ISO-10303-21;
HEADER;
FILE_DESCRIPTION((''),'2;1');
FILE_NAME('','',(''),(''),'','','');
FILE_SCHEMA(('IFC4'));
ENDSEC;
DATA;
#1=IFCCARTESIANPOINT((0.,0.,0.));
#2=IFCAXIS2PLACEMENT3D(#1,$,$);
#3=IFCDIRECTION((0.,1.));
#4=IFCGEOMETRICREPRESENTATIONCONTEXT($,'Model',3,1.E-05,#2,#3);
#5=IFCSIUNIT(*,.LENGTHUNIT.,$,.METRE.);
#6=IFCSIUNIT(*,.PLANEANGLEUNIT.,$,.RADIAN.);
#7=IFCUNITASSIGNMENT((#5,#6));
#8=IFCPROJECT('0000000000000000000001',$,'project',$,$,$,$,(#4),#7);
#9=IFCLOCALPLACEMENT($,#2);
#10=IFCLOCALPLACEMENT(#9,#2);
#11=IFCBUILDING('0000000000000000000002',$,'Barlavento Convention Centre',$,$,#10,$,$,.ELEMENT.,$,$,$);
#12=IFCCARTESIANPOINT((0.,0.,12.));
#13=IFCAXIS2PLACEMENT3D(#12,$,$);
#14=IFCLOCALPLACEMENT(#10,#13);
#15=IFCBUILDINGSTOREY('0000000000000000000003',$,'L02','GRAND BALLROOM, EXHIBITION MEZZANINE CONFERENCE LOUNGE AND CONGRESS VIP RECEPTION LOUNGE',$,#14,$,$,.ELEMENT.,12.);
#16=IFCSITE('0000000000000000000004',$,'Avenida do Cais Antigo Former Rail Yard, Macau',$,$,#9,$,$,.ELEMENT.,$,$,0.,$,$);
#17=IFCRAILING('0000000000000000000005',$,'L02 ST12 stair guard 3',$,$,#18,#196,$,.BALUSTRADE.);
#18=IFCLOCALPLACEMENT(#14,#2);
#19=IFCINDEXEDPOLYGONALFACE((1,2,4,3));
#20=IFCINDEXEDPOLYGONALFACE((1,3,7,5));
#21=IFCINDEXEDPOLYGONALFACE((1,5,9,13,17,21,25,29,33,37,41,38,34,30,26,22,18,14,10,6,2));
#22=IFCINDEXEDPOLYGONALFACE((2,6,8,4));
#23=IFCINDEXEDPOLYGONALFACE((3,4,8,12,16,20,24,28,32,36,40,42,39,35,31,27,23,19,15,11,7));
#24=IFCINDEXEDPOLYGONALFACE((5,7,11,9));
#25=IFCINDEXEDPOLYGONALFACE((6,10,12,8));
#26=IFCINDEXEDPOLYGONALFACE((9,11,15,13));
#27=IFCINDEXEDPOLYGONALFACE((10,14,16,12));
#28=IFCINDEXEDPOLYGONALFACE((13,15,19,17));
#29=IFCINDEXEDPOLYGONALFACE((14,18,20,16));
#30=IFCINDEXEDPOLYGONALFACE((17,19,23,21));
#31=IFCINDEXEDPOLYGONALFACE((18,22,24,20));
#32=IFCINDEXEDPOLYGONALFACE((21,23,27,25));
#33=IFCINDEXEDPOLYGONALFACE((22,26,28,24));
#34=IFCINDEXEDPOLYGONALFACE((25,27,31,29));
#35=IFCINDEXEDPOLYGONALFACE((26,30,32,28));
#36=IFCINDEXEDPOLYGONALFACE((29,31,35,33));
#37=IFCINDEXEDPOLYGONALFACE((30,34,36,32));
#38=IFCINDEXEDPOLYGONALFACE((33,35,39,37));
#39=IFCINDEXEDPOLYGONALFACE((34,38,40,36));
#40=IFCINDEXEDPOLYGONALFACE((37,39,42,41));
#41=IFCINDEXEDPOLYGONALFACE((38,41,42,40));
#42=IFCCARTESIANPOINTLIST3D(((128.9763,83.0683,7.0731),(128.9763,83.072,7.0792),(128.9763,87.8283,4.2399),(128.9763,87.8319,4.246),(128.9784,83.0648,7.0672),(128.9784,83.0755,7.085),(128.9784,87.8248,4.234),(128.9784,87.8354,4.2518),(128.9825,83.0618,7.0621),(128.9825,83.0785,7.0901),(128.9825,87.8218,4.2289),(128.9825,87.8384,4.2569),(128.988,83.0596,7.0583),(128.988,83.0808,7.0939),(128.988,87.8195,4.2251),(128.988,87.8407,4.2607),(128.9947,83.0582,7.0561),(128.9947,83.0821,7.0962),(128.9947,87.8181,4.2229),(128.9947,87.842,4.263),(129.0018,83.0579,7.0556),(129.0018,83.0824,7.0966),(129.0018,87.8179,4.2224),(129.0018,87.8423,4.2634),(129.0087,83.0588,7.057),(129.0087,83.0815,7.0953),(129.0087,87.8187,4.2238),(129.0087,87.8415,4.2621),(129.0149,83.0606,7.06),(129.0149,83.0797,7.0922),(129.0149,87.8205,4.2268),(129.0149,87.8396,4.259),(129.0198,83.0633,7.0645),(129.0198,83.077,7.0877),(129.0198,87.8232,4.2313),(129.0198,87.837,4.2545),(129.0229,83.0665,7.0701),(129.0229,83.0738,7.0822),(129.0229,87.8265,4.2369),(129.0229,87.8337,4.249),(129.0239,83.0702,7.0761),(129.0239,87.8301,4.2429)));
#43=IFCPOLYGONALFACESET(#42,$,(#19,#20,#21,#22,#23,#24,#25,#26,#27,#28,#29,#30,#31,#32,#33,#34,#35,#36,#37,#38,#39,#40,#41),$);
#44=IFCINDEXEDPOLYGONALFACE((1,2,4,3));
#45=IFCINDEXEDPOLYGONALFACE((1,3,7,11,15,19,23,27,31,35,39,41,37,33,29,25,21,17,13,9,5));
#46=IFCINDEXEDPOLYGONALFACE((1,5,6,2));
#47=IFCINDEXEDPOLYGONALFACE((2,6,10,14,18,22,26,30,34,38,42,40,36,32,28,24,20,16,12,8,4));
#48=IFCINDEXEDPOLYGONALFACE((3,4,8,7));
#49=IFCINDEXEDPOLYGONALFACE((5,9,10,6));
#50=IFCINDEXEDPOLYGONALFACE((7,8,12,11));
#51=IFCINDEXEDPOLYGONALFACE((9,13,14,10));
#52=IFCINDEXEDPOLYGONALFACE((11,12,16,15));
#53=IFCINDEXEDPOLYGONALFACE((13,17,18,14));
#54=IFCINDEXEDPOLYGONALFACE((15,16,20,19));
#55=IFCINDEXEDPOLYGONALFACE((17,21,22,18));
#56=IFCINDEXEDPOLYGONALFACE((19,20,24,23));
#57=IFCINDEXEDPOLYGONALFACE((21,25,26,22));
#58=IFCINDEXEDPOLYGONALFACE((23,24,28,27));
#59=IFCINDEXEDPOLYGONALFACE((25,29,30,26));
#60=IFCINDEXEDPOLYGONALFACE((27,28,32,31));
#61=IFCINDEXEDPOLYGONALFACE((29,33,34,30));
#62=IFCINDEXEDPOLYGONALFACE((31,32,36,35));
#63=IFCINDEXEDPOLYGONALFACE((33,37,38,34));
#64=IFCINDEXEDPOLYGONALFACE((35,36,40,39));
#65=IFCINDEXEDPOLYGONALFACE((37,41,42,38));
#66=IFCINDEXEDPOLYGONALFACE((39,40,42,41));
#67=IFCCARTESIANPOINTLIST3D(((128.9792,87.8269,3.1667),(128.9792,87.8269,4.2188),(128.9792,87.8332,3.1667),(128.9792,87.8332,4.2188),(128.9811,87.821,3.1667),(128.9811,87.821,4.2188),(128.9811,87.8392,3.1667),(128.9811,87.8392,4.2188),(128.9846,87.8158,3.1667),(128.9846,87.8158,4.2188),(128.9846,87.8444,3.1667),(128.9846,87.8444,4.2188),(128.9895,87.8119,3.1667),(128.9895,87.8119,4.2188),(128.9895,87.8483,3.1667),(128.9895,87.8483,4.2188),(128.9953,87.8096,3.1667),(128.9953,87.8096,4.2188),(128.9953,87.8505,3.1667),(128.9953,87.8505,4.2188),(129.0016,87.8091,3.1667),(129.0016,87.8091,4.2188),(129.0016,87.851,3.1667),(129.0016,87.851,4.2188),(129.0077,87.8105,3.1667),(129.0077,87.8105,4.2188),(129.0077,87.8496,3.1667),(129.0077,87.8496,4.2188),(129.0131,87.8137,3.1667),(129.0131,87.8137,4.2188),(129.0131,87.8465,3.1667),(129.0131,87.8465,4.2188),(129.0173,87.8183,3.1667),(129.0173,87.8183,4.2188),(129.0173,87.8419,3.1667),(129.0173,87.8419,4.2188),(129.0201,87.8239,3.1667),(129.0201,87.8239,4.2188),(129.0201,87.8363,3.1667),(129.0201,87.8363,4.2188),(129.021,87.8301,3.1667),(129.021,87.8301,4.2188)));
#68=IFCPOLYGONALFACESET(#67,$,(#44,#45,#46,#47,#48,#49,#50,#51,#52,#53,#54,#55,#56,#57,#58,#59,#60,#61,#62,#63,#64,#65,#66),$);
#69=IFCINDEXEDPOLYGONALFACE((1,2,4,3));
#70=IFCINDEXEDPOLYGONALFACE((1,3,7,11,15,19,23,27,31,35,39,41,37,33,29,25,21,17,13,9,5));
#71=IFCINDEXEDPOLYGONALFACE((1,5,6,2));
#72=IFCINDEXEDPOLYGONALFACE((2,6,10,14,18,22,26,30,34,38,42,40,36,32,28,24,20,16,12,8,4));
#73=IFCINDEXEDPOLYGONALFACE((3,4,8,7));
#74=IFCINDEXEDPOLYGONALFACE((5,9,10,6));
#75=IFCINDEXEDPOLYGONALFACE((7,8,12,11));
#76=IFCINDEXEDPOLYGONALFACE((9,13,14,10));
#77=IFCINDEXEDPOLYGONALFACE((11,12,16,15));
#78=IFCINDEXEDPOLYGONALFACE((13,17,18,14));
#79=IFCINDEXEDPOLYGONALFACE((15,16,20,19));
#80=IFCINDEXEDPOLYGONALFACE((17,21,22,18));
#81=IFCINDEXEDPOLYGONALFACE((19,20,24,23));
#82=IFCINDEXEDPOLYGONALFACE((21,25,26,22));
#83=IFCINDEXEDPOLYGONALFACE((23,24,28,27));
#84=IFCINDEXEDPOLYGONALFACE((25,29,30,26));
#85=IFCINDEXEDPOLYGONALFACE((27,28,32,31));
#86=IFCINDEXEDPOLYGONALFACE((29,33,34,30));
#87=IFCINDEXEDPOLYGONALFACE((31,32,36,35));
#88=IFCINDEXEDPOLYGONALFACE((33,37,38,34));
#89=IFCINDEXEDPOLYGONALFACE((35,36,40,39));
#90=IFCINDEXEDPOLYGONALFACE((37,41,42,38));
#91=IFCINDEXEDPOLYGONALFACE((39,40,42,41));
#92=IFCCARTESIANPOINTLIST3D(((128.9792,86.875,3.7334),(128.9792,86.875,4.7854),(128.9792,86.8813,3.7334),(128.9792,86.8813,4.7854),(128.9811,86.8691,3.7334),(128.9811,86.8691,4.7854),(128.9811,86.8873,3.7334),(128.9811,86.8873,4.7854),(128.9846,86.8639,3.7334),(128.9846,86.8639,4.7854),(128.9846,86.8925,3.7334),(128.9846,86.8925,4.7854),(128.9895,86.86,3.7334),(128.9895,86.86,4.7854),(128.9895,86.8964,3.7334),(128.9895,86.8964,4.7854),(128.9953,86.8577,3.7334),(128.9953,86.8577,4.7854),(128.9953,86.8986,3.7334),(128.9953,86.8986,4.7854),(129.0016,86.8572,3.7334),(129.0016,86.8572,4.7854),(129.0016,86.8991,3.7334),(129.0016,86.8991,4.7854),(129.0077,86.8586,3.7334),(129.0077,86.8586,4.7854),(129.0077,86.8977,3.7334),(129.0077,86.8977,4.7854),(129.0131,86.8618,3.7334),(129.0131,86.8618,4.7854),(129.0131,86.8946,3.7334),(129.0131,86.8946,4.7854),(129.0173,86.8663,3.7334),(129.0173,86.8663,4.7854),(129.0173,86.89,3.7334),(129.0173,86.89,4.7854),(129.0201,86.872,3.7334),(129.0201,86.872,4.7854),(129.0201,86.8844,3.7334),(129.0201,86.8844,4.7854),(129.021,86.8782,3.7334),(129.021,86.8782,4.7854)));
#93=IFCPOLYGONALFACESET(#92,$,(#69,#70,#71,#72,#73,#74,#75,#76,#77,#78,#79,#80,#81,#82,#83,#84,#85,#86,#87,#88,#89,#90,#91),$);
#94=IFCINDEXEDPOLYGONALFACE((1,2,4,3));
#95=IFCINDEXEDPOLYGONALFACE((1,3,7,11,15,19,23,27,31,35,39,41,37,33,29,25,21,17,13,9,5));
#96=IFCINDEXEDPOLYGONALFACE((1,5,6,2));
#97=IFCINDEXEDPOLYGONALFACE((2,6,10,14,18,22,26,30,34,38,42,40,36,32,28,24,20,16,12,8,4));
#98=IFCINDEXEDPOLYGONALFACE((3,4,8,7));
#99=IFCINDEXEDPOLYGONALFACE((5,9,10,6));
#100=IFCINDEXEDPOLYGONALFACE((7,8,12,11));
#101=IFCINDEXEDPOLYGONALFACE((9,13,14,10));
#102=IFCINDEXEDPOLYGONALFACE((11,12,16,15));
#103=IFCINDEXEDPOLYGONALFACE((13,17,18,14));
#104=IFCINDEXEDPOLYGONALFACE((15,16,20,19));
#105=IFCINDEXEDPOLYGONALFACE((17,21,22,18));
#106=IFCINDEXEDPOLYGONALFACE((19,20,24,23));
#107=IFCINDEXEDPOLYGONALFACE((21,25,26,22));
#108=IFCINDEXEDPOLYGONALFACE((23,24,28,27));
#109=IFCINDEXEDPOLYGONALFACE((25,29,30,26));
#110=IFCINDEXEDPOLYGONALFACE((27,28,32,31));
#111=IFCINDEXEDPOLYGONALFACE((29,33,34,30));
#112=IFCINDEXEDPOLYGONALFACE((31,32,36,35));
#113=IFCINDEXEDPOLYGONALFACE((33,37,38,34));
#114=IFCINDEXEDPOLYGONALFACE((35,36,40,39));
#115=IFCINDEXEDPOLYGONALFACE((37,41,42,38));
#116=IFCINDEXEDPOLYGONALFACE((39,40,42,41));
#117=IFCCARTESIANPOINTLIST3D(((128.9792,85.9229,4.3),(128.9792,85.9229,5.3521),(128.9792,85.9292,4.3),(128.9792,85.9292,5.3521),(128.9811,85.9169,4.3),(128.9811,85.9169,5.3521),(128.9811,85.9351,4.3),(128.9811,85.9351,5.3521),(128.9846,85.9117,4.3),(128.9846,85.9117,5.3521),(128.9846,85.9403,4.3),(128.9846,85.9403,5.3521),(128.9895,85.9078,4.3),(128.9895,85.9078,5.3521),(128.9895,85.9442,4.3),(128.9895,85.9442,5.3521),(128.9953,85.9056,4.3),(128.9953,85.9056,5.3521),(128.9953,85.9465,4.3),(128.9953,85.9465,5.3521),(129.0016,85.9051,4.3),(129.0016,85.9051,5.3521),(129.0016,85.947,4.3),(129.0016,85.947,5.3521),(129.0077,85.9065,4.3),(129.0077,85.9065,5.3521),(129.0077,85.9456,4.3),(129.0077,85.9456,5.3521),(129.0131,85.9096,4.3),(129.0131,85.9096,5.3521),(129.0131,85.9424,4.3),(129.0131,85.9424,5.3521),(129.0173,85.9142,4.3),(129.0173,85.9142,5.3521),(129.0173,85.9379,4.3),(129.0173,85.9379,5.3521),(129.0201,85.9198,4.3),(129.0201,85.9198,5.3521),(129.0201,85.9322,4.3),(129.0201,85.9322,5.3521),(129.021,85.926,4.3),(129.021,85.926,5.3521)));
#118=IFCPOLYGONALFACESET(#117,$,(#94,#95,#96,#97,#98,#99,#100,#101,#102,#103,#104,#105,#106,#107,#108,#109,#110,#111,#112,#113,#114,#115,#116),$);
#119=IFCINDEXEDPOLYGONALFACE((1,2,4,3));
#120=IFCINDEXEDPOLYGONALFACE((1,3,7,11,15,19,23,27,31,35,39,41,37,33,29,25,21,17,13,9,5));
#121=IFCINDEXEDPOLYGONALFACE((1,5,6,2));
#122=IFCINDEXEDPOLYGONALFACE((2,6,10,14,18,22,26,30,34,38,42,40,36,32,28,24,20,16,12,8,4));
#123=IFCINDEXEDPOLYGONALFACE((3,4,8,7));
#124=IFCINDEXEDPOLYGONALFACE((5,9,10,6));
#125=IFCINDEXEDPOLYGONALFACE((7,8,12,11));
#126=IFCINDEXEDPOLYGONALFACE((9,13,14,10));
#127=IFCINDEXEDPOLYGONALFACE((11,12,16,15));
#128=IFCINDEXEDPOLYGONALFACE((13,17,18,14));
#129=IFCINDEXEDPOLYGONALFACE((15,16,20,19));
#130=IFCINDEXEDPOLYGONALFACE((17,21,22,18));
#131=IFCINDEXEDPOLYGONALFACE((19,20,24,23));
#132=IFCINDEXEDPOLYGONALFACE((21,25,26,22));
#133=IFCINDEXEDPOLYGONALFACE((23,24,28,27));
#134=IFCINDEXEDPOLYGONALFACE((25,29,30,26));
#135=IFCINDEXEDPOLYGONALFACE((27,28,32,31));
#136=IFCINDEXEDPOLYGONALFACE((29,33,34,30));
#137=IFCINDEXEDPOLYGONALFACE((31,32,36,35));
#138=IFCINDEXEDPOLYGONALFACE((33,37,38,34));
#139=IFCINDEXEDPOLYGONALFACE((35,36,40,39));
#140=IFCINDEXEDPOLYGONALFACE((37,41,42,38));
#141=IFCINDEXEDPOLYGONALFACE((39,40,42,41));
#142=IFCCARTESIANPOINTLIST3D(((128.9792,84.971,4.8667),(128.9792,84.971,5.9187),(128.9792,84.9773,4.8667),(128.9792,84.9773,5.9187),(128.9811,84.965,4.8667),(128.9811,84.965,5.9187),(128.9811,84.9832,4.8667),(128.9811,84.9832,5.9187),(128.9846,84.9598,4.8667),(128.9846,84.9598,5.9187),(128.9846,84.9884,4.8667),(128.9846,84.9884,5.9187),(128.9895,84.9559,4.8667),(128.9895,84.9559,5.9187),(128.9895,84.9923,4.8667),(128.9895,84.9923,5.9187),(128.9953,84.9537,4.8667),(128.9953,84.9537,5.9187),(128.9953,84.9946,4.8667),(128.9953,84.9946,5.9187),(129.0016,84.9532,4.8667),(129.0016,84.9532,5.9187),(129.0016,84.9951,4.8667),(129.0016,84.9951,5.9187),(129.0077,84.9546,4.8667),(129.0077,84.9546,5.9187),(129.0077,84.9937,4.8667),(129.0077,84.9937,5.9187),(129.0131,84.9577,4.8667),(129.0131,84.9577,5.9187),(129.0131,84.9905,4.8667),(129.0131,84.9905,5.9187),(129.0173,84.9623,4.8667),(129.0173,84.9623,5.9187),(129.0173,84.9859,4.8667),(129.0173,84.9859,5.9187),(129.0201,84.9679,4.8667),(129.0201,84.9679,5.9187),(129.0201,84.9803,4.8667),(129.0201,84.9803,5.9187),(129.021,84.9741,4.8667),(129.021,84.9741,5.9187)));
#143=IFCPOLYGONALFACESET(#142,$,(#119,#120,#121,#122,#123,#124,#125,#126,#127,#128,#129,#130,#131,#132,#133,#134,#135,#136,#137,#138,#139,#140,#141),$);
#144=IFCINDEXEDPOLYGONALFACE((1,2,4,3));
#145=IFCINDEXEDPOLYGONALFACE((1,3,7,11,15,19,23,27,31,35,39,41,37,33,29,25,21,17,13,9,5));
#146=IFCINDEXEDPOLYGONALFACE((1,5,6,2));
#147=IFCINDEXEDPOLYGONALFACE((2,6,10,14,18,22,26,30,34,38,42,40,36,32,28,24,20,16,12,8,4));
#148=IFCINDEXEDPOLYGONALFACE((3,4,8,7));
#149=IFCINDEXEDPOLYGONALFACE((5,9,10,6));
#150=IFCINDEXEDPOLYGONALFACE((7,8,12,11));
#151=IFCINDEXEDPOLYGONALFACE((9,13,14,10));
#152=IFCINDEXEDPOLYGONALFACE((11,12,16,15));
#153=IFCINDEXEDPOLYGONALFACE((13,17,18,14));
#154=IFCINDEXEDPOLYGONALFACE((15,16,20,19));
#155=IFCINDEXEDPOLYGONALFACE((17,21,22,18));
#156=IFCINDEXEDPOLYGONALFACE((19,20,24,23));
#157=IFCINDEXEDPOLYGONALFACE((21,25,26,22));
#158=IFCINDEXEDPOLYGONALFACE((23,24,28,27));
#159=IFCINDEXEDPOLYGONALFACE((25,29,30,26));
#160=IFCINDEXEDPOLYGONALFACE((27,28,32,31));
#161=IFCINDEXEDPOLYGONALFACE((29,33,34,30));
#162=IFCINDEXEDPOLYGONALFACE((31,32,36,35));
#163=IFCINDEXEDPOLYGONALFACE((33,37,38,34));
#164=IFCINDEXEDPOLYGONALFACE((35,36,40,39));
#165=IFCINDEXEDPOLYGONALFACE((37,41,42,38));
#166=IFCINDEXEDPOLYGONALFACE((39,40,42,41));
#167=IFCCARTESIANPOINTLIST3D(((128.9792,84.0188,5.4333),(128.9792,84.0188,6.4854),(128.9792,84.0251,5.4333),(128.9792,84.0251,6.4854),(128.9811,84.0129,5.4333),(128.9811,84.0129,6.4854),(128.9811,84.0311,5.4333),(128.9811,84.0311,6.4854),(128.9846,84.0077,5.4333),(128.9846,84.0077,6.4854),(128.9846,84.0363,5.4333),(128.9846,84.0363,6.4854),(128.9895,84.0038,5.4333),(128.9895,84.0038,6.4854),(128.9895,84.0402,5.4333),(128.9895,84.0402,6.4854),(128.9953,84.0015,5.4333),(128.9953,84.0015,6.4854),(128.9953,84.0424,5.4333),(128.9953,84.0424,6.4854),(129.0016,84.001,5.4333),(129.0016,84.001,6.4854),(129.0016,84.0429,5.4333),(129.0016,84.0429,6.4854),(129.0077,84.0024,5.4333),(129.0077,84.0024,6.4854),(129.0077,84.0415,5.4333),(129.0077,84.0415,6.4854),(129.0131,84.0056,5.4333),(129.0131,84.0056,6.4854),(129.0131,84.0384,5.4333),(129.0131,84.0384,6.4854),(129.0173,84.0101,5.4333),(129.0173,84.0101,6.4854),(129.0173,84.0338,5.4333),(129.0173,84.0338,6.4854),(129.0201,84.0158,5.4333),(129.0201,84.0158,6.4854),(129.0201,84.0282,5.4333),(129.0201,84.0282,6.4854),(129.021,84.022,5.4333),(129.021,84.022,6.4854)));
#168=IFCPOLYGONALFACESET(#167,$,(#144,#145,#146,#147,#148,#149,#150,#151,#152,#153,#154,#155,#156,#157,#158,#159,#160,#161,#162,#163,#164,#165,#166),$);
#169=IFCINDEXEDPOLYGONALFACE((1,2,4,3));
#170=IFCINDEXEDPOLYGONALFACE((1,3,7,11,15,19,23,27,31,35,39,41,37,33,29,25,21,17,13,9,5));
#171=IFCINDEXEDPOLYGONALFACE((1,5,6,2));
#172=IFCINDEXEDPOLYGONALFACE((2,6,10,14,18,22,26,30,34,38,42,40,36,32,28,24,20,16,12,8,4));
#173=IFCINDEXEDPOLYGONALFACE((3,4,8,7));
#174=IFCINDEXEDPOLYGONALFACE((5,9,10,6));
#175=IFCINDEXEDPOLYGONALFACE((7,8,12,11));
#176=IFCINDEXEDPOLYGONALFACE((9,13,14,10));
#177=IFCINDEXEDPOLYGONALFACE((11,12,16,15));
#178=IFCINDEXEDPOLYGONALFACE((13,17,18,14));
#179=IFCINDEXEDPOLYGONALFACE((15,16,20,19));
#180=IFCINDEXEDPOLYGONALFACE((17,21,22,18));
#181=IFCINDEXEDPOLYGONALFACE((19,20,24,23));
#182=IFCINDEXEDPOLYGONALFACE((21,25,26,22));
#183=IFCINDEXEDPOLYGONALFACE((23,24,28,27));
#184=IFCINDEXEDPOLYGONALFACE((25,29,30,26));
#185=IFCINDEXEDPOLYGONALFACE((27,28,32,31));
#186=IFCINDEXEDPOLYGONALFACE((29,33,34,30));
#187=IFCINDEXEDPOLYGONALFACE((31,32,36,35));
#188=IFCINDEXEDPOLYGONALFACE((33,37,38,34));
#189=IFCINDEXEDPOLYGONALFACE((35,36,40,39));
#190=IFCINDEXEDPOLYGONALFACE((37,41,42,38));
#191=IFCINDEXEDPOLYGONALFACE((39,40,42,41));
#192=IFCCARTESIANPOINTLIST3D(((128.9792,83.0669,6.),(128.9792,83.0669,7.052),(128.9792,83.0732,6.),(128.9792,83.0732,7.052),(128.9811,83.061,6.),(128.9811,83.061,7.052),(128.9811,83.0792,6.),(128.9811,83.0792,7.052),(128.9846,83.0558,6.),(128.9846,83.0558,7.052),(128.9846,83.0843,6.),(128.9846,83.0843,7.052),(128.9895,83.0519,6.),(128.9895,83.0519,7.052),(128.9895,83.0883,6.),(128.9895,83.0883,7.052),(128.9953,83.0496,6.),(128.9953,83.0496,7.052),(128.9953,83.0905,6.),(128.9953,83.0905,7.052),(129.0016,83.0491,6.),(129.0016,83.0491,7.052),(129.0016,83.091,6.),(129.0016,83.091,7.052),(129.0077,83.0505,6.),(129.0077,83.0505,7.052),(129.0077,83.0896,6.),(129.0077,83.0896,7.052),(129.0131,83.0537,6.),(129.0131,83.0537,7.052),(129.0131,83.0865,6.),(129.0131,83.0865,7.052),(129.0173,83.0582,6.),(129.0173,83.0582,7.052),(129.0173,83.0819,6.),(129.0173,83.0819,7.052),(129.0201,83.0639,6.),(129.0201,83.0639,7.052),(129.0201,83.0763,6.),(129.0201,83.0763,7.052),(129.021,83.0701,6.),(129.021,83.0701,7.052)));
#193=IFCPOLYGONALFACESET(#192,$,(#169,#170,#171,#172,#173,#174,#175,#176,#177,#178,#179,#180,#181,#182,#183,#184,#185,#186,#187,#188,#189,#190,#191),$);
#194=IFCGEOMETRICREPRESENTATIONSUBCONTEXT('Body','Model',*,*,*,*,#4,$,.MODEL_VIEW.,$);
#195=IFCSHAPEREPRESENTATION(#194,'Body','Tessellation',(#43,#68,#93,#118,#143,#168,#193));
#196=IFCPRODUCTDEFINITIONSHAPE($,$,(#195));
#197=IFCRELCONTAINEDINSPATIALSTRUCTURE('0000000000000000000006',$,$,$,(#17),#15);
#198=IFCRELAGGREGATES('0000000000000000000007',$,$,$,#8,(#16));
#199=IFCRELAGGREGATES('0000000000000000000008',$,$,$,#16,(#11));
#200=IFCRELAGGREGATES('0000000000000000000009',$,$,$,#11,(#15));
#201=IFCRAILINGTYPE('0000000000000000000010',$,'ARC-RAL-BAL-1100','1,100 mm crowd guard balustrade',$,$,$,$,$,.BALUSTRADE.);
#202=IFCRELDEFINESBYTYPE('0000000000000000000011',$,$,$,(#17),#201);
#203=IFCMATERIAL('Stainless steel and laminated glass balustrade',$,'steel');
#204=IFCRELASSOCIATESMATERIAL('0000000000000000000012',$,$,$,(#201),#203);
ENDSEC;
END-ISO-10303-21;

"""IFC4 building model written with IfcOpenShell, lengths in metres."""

from ifc_helpers import new_model, si_unit, direction, frame, origin, origin_2d, place, context, subcontext, project, spatial, circle, extrude, material, type_object, element, save


model = new_model("IFC4")

# Units and contexts
model_context = context("Model", 3, precision=1e-05, world=origin(), true_north=direction((0.0, 1.0)))
body_context = subcontext(model_context, "Body", "Model", "MODEL_VIEW")
ifc_project = project(units=[si_unit("LENGTHUNIT", "METRE"), si_unit("PLANEANGLEUNIT", "RADIAN")], contexts=[model_context])

# Site, building, storey
site_placement = place(None, origin())
site = spatial("IfcSite", under=ifc_project, at=site_placement, Name="Avenida do Cais Antigo Former Rail Yard, Macau", CompositionType="ELEMENT", RefElevation=0.0)
building_placement = place(site_placement, origin())
building = spatial("IfcBuilding", under=site, at=building_placement, Name="Barlavento Convention Centre", CompositionType="ELEMENT")
storey_placement = place(building_placement, frame((0.0, 0.0, 12.0)))
storey = spatial("IfcBuildingStorey", under=building, at=storey_placement, Name="L02", Description="GRAND BALLROOM, EXHIBITION MEZZANINE CONFERENCE LOUNGE AND CONGRESS VIP RECEPTION LOUNGE", CompositionType="ELEMENT", Elevation=12.0)

# Railing
ifc_material_1 = material(Name="Stainless steel and laminated glass balustrade", Category="steel")
railing_type_1 = type_object("IfcRailingType", Name="ARC-RAL-BAL-1100", Description="1,100 mm crowd guard balustrade", PredefinedType="BALUSTRADE", material=ifc_material_1)
railing_1_placement = place(storey_placement, frame((129.0, 87.8301, 3.1667)))
element("IfcRailing", 1, at=railing_1_placement, inside=storey, type_object=railing_type_1, Name="L02 ST12 stair guard 3", PredefinedType="BALUSTRADE", context=body_context, shape_type="SweptSolid", body=[
    extrude(circle(Radius=0.0239, at=origin_2d()), frame((0.0, 0.0, 1.0762), z_axis=(0.0, -0.8593, 0.511472), x_axis=(1.0, 0.0, 0.0)), (0.0, 0.0, 1.0), 5.5393),
    extrude(circle(Radius=0.021, at=origin_2d()), origin(), (0.0, 0.0, 1.0), 1.052),
    extrude(circle(Radius=0.021, at=origin_2d()), frame((0.0, -0.9519, 0.5667)), (0.0, 0.0, 1.0), 1.052),
    extrude(circle(Radius=0.021, at=origin_2d()), frame((0.0, -1.9041, 1.1333)), (0.0, 0.0, 1.0), 1.052),
    extrude(circle(Radius=0.021, at=origin_2d()), frame((0.0, -2.856, 1.7)), (0.0, 0.0, 1.0), 1.052),
    extrude(circle(Radius=0.021, at=origin_2d()), frame((0.0, -3.8081, 2.2666)), (0.0, 0.0, 1.0), 1.052),
    extrude(circle(Radius=0.021, at=origin_2d()), frame((0.0, -4.76, 2.8333)), (0.0, 0.0, 1.0), 1.052),
])

save(model, "model.ifc")
